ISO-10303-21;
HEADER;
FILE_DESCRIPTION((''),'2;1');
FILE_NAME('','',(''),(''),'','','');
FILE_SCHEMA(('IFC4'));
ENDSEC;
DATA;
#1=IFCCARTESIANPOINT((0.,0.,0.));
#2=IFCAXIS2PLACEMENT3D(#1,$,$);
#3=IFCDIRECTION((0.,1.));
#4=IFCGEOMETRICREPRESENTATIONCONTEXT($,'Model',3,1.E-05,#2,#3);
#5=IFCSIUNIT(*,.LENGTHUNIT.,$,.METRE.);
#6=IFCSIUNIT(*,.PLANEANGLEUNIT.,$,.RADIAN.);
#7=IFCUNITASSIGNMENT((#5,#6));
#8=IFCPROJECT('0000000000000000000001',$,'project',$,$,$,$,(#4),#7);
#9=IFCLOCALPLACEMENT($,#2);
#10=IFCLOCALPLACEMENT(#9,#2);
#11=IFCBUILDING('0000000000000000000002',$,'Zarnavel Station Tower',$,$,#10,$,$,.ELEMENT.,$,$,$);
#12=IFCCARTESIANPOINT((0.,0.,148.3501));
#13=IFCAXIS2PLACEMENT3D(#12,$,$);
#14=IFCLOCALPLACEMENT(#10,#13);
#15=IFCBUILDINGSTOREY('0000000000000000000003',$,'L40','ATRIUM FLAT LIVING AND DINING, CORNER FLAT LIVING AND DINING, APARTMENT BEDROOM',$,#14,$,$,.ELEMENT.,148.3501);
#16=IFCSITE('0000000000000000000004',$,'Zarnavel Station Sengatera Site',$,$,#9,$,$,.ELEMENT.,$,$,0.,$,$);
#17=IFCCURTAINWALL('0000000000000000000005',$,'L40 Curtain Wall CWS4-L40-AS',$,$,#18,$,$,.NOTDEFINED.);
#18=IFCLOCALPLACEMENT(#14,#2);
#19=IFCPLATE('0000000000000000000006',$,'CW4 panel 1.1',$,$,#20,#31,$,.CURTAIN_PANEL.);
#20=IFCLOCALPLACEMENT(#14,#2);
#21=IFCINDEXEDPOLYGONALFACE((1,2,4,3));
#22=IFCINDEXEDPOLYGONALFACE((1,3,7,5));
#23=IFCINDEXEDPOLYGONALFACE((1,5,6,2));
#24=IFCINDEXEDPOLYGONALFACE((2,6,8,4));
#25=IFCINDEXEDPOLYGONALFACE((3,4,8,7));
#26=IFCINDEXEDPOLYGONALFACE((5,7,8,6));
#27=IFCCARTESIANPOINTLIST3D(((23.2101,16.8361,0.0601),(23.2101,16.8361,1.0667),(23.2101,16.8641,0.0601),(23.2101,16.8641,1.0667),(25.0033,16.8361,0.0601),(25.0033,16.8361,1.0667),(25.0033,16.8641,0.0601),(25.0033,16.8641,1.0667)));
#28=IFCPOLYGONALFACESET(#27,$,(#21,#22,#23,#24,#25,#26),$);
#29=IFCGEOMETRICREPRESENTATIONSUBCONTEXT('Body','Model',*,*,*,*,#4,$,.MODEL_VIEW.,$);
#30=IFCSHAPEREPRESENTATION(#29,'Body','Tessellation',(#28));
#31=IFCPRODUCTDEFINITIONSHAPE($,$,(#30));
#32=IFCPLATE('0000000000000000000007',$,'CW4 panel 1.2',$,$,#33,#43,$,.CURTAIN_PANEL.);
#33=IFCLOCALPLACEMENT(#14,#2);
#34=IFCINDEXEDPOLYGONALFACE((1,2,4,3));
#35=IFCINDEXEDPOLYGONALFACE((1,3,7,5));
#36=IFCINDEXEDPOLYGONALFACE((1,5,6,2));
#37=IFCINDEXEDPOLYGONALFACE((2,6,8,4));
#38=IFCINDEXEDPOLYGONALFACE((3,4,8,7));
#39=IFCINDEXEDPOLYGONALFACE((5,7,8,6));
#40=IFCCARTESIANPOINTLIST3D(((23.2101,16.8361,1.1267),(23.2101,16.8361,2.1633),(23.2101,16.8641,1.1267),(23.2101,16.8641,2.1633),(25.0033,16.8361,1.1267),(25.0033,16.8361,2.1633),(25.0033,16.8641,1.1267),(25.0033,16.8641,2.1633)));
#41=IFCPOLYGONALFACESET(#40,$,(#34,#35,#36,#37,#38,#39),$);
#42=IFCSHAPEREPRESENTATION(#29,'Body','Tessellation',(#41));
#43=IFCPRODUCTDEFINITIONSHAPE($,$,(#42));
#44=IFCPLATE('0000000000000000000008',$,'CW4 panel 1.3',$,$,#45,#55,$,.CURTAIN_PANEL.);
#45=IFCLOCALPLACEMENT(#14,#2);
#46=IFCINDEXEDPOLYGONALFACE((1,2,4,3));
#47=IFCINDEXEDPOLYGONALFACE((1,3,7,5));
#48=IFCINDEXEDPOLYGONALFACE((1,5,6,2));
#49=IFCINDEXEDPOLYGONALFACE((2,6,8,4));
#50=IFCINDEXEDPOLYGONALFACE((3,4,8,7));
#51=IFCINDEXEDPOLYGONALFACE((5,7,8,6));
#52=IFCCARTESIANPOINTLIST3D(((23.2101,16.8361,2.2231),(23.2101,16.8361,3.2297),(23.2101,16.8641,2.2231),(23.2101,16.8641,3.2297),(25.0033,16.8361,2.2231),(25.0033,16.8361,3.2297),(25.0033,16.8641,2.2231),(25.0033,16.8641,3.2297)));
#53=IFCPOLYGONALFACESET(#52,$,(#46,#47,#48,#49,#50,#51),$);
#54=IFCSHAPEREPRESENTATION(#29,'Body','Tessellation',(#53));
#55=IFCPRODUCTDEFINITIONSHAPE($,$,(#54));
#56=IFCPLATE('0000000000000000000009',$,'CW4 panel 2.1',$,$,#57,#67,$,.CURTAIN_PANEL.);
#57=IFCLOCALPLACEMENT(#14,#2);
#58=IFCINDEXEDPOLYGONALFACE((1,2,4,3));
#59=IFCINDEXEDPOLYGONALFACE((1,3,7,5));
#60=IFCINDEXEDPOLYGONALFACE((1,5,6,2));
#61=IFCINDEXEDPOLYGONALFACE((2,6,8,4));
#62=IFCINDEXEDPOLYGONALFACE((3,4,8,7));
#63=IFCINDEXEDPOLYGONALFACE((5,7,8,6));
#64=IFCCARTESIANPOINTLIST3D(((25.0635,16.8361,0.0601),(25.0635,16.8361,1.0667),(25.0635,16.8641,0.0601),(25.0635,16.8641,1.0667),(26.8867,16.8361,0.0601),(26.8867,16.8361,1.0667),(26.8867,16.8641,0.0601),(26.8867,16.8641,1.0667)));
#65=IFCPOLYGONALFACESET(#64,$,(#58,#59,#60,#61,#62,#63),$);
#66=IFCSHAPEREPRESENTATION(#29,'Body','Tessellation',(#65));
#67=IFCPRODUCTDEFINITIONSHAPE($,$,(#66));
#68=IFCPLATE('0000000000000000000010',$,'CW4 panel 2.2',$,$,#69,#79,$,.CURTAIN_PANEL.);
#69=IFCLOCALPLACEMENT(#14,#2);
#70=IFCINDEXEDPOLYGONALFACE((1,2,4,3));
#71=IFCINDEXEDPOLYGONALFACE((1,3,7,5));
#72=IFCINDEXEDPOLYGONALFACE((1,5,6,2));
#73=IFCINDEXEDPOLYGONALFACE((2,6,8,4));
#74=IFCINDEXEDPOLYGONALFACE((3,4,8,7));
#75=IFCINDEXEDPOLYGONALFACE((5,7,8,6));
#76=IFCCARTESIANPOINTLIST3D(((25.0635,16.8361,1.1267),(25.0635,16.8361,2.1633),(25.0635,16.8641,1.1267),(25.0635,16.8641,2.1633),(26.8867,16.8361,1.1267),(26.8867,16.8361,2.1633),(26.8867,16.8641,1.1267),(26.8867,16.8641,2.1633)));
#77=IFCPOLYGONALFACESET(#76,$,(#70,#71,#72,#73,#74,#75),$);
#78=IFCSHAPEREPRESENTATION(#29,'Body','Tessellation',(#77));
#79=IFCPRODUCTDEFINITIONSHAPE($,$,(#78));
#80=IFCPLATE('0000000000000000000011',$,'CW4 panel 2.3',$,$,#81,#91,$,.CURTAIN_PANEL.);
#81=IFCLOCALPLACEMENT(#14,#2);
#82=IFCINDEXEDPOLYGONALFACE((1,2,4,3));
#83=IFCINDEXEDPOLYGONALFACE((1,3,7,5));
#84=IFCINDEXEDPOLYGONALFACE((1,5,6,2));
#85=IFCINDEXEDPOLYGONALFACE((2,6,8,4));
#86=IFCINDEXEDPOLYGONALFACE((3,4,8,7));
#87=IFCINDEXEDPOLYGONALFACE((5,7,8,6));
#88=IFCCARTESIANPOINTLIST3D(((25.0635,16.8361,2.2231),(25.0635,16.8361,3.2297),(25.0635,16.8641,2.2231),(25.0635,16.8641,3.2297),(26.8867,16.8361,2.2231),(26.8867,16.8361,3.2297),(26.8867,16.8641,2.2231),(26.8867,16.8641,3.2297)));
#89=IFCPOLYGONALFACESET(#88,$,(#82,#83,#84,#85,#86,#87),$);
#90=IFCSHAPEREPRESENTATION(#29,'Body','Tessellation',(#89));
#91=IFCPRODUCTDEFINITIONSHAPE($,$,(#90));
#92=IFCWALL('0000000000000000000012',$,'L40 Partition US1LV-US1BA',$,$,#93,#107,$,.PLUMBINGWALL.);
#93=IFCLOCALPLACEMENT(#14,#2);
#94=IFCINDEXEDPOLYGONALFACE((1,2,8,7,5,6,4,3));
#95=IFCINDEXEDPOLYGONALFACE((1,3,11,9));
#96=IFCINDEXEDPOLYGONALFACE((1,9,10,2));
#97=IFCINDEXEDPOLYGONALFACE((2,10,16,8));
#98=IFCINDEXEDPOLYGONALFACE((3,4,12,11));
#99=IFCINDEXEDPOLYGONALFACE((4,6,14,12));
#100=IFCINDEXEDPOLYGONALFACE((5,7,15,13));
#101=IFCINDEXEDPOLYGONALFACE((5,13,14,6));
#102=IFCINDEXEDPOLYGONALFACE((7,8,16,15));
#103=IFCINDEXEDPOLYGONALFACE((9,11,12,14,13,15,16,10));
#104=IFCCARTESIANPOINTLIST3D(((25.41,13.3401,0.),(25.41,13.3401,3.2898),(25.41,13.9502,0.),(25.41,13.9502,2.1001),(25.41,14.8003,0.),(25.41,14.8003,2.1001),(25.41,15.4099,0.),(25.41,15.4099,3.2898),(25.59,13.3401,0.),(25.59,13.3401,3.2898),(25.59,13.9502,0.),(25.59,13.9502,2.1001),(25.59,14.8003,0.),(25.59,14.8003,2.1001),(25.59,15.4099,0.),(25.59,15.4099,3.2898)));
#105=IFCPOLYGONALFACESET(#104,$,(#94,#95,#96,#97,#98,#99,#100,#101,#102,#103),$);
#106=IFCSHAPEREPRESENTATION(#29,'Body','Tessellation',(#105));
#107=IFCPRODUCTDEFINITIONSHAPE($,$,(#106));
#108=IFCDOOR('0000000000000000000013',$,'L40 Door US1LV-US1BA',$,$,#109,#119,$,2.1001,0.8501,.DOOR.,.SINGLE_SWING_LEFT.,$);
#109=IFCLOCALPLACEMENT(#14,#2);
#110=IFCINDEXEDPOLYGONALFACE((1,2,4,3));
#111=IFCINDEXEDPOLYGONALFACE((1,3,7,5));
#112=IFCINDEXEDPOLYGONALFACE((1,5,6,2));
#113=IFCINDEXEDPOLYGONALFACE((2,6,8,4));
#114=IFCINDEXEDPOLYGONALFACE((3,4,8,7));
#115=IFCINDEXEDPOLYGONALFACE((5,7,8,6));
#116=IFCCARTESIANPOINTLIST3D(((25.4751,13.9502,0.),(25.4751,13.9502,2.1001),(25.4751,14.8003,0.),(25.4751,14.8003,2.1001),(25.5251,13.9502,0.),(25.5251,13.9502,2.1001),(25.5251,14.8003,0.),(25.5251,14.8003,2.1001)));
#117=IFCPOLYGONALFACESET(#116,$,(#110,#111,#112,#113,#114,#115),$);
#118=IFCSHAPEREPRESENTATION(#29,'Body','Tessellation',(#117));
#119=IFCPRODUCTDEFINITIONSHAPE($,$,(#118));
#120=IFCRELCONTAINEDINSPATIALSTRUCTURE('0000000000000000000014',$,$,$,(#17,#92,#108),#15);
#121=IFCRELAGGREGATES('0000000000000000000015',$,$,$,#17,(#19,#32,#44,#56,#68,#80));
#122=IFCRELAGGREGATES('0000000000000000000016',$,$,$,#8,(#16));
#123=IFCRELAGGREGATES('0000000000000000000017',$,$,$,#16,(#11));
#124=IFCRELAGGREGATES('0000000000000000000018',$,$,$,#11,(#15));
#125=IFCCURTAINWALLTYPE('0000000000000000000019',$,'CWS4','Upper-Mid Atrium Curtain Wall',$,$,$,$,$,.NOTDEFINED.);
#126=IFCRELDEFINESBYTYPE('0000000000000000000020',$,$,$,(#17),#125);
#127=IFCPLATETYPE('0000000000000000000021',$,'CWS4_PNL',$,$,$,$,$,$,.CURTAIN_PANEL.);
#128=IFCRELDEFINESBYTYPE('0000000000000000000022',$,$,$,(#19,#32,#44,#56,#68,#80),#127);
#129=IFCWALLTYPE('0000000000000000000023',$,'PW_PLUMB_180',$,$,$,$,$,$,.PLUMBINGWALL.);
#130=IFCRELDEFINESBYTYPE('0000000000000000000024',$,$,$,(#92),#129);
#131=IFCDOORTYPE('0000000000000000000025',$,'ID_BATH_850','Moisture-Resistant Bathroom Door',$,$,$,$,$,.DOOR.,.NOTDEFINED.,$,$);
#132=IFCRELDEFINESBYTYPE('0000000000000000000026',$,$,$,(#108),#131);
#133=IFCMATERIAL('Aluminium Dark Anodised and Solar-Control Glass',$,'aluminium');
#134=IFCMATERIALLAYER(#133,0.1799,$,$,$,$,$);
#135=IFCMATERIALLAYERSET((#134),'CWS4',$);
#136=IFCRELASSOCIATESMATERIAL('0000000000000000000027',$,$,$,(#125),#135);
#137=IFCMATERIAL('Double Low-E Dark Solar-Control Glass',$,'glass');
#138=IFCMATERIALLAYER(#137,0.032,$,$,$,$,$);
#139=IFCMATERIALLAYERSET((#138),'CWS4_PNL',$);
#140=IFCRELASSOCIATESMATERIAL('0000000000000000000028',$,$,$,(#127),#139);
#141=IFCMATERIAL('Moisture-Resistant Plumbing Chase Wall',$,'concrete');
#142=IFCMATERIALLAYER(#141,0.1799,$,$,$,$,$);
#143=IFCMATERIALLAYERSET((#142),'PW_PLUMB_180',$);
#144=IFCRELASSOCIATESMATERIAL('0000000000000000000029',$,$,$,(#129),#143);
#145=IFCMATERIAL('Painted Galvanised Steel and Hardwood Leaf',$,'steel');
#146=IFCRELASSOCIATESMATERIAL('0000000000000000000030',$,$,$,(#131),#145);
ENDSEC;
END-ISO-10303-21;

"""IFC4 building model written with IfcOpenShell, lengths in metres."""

from ifc_helpers import new_model, si_unit, direction, frame, frame_2d, origin, origin_2d, place, context, subcontext, project, spatial, rectangle, extrude, material, layer, layer_set, type_object, element, fill, aggregate, save


model = new_model("IFC4")

# Units and contexts
model_context = context("Model", 3, precision=1e-05, world=origin(), true_north=direction((0.0, 1.0)))
body_context = subcontext(model_context, "Body", "Model", "MODEL_VIEW")
ifc_project = project(units=[si_unit("LENGTHUNIT", "METRE"), si_unit("PLANEANGLEUNIT", "RADIAN")], contexts=[model_context])

# Site, building, storey
site_placement = place(None, origin())
site = spatial("IfcSite", under=ifc_project, at=site_placement, Name="Zarnavel Station Sengatera Site", CompositionType="ELEMENT", RefElevation=0.0)
building_placement = place(site_placement, origin())
building = spatial("IfcBuilding", under=site, at=building_placement, Name="Zarnavel Station Tower", CompositionType="ELEMENT")
storey_placement = place(building_placement, frame((0.0, 0.0, 148.3501)))
storey = spatial("IfcBuildingStorey", under=building, at=storey_placement, Name="L40", Description="ATRIUM FLAT LIVING AND DINING, CORNER FLAT LIVING AND DINING, APARTMENT BEDROOM", CompositionType="ELEMENT", Elevation=148.3501)

# Curtain wall, plates
ifc_material_1 = material(Name="Aluminium Dark Anodised and Solar-Control Glass", Category="aluminium")
ifc_layer_1 = layer(ifc_material_1, 0.1799)
ifc_layer_set_1 = layer_set([ifc_layer_1], Name="CWS4")
curtain_wall_type = type_object("IfcCurtainWallType", Name="CWS4", Description="Upper-Mid Atrium Curtain Wall", PredefinedType="NOTDEFINED", material=ifc_layer_set_1)
curtain_wall_placement = place(storey_placement, origin())
curtain_wall = element("IfcCurtainWall", 1, at=curtain_wall_placement, inside=storey, type_object=curtain_wall_type, Name="L40 Curtain Wall CWS4-L40-AS", PredefinedType="NOTDEFINED")
ifc_material_2 = material(Name="Double Low-E Dark Solar-Control Glass", Category="glass")
ifc_layer_2 = layer(ifc_material_2, 0.032)
ifc_layer_set_2 = layer_set([ifc_layer_2], Name="CWS4_PNL")
plate_type = type_object("IfcPlateType", Name="CWS4_PNL", PredefinedType="CURTAIN_PANEL", material=ifc_layer_set_2)
plate_1_placement = place(storey_placement, frame((24.1067, 16.8501, 0.0601), z_axis=(0.0, 0.0, 1.0), x_axis=(1.0, 0.0, 0.0)))
plate_1 = element("IfcPlate", 2, at=plate_1_placement, type_object=plate_type, Name="CW4 panel 1.1", PredefinedType="CURTAIN_PANEL", context=body_context, shape_type="SweptSolid", body=[
    extrude(rectangle(XDim=1.7932, YDim=0.0281, at=origin_2d()), origin(), (0.0, 0.0, 1.0), 1.0066),
])
plate_2_placement = place(storey_placement, frame((24.1067, 16.8501, 1.1267), z_axis=(0.0, 0.0, 1.0), x_axis=(1.0, 0.0, 0.0)))
plate_2 = element("IfcPlate", 3, at=plate_2_placement, type_object=plate_type, Name="CW4 panel 1.2", PredefinedType="CURTAIN_PANEL", context=body_context, shape_type="SweptSolid", body=[
    extrude(rectangle(XDim=1.7932, YDim=0.0281, at=origin_2d()), origin(), (0.0, 0.0, 1.0), 1.0366),
])
plate_3_placement = place(storey_placement, frame((24.1067, 16.8501, 2.2231), z_axis=(0.0, 0.0, 1.0), x_axis=(1.0, 0.0, 0.0)))
plate_3 = element("IfcPlate", 4, at=plate_3_placement, type_object=plate_type, Name="CW4 panel 1.3", PredefinedType="CURTAIN_PANEL", context=body_context, shape_type="SweptSolid", body=[
    extrude(rectangle(XDim=1.7932, YDim=0.0281, at=origin_2d()), origin(), (0.0, 0.0, 1.0), 1.0066),
])
plate_4_placement = place(storey_placement, frame((25.9751, 16.8501, 0.0601), z_axis=(0.0, 0.0, 1.0), x_axis=(1.0, 0.0, 0.0)))
plate_4 = element("IfcPlate", 5, at=plate_4_placement, type_object=plate_type, Name="CW4 panel 2.1", PredefinedType="CURTAIN_PANEL", context=body_context, shape_type="SweptSolid", body=[
    extrude(rectangle(XDim=1.8232, YDim=0.0281, at=origin_2d()), origin(), (0.0, 0.0, 1.0), 1.0066),
])
plate_5_placement = place(storey_placement, frame((25.9751, 16.8501, 1.1267), z_axis=(0.0, 0.0, 1.0), x_axis=(1.0, 0.0, 0.0)))
plate_5 = element("IfcPlate", 6, at=plate_5_placement, type_object=plate_type, Name="CW4 panel 2.2", PredefinedType="CURTAIN_PANEL", context=body_context, shape_type="SweptSolid", body=[
    extrude(rectangle(XDim=1.8232, YDim=0.0281, at=origin_2d()), origin(), (0.0, 0.0, 1.0), 1.0366),
])
plate_6_placement = place(storey_placement, frame((25.9751, 16.8501, 2.2231), z_axis=(0.0, 0.0, 1.0), x_axis=(1.0, 0.0, 0.0)))
plate_6 = element("IfcPlate", 7, at=plate_6_placement, type_object=plate_type, Name="CW4 panel 2.3", PredefinedType="CURTAIN_PANEL", context=body_context, shape_type="SweptSolid", body=[
    extrude(rectangle(XDim=1.8232, YDim=0.0281, at=origin_2d()), origin(), (0.0, 0.0, 1.0), 1.0066),
])
aggregate(curtain_wall, [plate_1, plate_2, plate_3, plate_4, plate_5, plate_6])

# Wall, opening, door
ifc_material_3 = material(Name="Moisture-Resistant Plumbing Chase Wall", Category="concrete")
ifc_layer_3 = layer(ifc_material_3, 0.1799)
ifc_layer_set_3 = layer_set([ifc_layer_3], Name="PW_PLUMB_180")
wall_type_1 = type_object("IfcWallType", Name="PW_PLUMB_180", PredefinedType="PLUMBINGWALL", material=ifc_layer_set_3)
wall_1_placement = place(storey_placement, frame((25.5, 13.3401, 0.0), z_axis=(0.0, 0.0, 1.0), x_axis=(0.0, 1.0, 0.0)))
wall_1 = element("IfcWall", 8, at=wall_1_placement, inside=storey, type_object=wall_type_1, Name="L40 Partition US1LV-US1BA", PredefinedType="PLUMBINGWALL", context=body_context, shape_type="SweptSolid", body=[
    extrude(rectangle(XDim=2.0698, YDim=0.1799, at=frame_2d((1.0349, 0.0))), origin(), (0.0, 0.0, 1.0), 3.2898),
])
opening_1_placement = place(wall_1_placement, frame((0.6101, 0.0, 0.0)))
opening_1 = element("IfcOpeningElement", 9, at=opening_1_placement, cuts=wall_1, PredefinedType="OPENING", context=body_context, shape_type="SweptSolid", body=[
    extrude(rectangle(XDim=0.8501, YDim=2.1001, at=frame_2d((0.425, 1.05))), frame((0.0, 0.0999, 0.0), z_axis=(0.0, -1.0, 0.0), x_axis=(1.0, 0.0, 0.0)), (0.0, 0.0, 1.0), 0.2),
])
ifc_material_4 = material(Name="Painted Galvanised Steel and Hardwood Leaf", Category="steel")
door_type_1 = type_object("IfcDoorType", Name="ID_BATH_850", Description="Moisture-Resistant Bathroom Door", OperationType="NOTDEFINED", PredefinedType="DOOR", material=ifc_material_4)
door_1_placement = place(opening_1_placement, origin())
door_1 = element("IfcDoor", 10, at=door_1_placement, inside=storey, type_object=door_type_1, Name="L40 Door US1LV-US1BA", OperationType="SINGLE_SWING_LEFT", OverallHeight=2.1001, OverallWidth=0.8501, PredefinedType="DOOR", context=body_context, shape_type="SweptSolid", body=[
    extrude(rectangle(XDim=0.8501, YDim=2.1001, at=frame_2d((0.425, 1.05))), frame((0.0, 0.0249, 0.0), z_axis=(0.0, -1.0, 0.0), x_axis=(1.0, 0.0, 0.0)), (0.0, 0.0, 1.0), 0.05),
])
fill(opening_1, door_1)

save(model, "model.ifc")
